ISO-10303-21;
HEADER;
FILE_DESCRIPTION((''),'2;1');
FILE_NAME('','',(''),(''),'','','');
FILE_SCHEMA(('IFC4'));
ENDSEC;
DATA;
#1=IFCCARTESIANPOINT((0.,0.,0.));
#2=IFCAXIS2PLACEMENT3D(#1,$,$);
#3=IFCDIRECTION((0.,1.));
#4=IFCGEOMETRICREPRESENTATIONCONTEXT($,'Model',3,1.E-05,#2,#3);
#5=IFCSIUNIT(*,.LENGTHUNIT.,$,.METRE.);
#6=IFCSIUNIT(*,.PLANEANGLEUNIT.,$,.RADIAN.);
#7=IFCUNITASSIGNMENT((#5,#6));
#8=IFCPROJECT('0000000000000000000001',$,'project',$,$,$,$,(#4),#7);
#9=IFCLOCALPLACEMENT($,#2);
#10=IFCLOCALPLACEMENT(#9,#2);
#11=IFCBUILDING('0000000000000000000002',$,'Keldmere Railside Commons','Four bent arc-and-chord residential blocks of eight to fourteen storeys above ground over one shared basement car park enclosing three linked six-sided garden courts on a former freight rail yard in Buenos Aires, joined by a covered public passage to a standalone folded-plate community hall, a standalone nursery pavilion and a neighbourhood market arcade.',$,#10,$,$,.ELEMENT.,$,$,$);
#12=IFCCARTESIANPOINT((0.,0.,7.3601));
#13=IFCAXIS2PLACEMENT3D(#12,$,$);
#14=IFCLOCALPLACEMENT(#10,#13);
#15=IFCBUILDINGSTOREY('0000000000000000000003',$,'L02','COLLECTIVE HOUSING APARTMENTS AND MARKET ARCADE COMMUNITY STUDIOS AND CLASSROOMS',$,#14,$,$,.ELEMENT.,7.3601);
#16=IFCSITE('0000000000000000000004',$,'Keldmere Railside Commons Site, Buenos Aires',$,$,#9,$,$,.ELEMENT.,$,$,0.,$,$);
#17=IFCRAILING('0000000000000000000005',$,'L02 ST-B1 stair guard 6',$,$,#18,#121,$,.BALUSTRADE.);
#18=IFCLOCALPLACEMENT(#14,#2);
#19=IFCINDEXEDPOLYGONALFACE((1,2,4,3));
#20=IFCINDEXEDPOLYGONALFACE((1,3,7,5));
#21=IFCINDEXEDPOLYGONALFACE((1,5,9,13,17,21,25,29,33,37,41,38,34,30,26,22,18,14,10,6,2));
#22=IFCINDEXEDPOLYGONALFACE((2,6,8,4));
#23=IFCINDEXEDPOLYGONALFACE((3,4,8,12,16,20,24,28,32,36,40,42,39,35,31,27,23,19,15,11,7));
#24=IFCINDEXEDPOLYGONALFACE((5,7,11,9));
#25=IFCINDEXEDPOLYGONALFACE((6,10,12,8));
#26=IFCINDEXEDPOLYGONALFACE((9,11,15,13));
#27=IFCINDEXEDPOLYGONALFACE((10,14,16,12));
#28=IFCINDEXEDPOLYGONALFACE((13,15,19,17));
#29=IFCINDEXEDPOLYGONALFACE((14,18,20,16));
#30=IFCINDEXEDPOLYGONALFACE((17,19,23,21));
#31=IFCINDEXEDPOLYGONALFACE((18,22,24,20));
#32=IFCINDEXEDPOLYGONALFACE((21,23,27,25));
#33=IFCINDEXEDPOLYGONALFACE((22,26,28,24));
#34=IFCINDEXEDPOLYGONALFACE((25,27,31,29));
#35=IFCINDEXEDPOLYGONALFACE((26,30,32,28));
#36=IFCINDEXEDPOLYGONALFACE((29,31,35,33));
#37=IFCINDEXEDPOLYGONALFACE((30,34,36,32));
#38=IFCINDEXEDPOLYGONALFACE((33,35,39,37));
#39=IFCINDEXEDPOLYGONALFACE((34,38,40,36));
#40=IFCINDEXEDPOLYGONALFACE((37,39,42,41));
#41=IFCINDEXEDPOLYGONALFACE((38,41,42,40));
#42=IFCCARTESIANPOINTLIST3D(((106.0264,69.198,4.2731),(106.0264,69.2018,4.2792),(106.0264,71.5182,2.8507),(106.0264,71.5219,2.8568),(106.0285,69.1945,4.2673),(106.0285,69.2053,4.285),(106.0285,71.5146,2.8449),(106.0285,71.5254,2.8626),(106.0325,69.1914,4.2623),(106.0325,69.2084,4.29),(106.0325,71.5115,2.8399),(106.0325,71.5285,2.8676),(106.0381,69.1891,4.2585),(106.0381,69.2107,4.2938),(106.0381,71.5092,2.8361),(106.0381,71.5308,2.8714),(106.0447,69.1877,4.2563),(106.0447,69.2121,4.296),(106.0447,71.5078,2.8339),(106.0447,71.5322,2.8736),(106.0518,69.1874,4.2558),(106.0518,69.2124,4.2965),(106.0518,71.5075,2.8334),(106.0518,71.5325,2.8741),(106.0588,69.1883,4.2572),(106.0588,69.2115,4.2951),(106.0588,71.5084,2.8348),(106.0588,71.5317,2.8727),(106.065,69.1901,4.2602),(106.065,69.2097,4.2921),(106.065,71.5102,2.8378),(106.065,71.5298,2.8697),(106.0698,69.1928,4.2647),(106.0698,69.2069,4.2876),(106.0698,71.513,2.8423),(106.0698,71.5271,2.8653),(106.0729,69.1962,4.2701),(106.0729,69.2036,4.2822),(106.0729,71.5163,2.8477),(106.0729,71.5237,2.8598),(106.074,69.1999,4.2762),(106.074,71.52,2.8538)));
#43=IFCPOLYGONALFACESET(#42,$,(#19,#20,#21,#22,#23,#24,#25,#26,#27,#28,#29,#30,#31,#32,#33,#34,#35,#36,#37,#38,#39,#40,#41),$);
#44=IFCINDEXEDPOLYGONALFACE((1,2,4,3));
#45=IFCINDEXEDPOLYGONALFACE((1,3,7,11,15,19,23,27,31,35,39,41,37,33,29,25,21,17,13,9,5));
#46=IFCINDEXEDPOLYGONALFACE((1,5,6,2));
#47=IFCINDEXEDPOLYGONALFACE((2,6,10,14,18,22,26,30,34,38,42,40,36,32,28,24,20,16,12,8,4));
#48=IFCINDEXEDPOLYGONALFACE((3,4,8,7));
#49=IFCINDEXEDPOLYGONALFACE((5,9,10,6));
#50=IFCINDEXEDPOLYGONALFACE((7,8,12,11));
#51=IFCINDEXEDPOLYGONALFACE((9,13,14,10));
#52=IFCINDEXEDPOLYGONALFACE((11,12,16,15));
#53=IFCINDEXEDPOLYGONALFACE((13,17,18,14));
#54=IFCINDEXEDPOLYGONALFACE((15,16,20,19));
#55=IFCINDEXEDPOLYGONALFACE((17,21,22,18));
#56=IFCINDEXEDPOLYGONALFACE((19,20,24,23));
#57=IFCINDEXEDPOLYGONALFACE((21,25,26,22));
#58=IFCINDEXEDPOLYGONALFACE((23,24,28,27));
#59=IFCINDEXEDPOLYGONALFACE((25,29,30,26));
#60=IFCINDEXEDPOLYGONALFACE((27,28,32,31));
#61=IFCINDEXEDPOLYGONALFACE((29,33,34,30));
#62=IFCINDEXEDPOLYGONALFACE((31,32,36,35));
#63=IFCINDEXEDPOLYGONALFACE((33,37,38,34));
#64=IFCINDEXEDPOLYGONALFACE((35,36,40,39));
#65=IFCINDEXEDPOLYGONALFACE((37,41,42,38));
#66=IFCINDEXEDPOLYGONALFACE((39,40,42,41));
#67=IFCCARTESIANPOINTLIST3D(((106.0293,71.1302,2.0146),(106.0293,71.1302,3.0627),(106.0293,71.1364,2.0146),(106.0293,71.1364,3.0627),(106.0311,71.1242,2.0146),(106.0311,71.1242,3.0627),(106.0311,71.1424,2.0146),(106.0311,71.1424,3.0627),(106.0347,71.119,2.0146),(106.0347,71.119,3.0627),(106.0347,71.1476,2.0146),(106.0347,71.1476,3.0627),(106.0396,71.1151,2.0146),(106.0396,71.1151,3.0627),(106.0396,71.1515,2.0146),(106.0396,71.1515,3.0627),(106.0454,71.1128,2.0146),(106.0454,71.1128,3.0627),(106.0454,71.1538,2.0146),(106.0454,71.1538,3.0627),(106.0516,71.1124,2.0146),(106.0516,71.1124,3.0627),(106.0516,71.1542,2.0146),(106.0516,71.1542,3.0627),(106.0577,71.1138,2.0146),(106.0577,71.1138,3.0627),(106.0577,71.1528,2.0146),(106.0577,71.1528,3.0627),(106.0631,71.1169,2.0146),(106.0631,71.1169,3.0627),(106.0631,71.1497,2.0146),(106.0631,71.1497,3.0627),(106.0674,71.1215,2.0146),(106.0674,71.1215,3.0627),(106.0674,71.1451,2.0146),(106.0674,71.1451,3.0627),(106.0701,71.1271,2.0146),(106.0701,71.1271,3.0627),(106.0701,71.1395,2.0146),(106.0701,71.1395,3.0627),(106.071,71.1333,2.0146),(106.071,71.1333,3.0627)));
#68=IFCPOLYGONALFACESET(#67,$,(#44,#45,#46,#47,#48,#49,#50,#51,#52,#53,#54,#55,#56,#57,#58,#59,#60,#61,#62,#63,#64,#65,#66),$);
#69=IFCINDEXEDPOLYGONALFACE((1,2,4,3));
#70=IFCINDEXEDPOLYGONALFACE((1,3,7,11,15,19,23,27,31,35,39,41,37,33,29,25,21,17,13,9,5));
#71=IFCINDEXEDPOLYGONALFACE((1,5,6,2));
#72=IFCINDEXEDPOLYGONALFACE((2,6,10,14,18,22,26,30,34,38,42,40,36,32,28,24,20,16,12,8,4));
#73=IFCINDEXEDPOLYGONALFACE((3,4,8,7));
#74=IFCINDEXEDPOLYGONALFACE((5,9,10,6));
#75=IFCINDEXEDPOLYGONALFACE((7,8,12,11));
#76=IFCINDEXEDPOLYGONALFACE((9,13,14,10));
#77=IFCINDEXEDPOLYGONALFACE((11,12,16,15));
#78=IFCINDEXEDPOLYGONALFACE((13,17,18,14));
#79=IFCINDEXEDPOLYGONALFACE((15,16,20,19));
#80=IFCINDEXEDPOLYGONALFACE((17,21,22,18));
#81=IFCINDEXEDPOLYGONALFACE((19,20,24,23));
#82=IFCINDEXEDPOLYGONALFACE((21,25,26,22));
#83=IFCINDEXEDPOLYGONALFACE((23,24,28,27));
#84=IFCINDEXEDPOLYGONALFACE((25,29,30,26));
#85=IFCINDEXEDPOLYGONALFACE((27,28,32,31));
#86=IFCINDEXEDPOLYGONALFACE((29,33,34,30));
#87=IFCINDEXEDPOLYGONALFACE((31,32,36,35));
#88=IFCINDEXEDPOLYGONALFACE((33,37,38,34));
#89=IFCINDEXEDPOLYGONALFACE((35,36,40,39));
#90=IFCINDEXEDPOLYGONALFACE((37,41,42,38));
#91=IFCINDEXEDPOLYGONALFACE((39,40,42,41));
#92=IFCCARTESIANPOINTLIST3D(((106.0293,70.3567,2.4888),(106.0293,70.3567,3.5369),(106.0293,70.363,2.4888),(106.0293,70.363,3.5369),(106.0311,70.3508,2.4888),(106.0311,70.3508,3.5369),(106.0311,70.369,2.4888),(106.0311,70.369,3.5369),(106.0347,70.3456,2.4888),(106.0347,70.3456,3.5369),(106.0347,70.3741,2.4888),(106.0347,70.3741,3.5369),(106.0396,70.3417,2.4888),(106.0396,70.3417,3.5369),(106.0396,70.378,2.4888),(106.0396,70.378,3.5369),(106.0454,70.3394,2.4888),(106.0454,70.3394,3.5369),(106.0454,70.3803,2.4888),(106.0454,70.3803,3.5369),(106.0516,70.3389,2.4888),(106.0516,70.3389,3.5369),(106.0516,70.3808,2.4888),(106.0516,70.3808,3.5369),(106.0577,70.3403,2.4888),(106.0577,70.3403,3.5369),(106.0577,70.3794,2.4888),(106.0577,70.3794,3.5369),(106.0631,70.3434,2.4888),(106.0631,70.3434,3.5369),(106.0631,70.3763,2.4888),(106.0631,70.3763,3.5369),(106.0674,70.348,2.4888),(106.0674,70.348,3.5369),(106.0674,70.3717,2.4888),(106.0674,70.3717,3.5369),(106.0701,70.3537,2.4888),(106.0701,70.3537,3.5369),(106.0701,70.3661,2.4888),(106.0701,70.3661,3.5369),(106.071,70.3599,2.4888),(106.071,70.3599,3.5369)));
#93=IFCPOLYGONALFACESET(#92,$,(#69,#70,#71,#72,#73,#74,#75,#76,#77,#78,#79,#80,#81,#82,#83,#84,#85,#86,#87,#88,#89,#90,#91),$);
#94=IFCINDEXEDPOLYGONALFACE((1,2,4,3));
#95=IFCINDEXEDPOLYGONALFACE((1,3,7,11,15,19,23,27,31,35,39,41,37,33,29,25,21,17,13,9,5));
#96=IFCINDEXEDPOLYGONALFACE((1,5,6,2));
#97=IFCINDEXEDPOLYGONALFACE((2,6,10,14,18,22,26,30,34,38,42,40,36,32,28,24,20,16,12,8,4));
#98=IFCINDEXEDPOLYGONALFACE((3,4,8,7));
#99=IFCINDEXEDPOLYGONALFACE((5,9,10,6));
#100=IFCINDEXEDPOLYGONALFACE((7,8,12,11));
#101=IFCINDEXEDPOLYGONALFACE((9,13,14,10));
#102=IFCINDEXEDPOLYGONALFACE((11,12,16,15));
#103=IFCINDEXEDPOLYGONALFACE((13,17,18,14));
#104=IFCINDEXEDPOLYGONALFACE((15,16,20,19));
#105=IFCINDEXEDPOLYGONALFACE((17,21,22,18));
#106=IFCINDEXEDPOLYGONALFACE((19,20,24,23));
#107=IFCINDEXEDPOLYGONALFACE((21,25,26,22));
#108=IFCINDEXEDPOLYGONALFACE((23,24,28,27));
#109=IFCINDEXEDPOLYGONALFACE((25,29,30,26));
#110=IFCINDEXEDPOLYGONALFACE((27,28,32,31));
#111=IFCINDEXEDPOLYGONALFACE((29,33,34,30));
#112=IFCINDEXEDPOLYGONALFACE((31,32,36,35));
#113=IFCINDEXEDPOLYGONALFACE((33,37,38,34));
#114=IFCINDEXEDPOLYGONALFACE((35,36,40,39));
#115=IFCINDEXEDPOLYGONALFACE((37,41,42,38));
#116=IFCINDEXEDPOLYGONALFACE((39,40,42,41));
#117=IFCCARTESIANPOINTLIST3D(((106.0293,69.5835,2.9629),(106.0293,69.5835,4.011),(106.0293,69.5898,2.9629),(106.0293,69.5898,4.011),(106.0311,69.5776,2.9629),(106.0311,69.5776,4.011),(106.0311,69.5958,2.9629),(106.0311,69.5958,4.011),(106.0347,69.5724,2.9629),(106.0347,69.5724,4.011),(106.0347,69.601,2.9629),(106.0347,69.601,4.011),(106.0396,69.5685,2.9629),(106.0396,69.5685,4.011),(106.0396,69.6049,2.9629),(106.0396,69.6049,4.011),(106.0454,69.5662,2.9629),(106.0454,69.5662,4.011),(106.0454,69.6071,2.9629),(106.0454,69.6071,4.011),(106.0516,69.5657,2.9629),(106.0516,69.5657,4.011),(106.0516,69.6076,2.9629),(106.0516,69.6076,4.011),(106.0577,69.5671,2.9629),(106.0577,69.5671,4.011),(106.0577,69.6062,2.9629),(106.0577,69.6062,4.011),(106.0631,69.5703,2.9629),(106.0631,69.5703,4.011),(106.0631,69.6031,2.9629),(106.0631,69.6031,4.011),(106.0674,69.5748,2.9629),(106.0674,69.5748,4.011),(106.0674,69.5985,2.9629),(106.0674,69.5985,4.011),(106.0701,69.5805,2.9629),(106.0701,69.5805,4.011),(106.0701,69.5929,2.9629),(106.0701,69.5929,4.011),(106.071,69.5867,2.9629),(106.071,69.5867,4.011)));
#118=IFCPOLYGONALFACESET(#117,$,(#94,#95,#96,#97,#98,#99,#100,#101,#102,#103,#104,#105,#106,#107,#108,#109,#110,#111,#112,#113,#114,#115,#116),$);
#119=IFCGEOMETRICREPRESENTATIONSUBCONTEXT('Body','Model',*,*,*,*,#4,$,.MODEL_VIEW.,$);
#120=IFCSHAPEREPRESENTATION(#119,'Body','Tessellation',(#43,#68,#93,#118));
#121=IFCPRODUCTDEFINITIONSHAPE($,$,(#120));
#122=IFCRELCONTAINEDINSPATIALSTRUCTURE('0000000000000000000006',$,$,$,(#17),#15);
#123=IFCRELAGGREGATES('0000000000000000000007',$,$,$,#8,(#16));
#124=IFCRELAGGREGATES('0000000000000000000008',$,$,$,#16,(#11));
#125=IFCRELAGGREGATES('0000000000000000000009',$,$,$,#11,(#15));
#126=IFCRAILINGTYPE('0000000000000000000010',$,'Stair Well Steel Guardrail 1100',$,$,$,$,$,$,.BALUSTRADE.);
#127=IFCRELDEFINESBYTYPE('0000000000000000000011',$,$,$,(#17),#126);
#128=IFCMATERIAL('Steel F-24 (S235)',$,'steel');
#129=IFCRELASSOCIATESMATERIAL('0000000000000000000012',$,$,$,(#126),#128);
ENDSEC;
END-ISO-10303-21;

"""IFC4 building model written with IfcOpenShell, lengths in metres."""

from ifc_helpers import new_model, si_unit, direction, frame, origin, origin_2d, place, context, subcontext, project, spatial, circle, extrude, material, type_object, element, save


model = new_model("IFC4")

# Units and contexts
model_context = context("Model", 3, precision=1e-05, world=origin(), true_north=direction((0.0, 1.0)))
body_context = subcontext(model_context, "Body", "Model", "MODEL_VIEW")
ifc_project = project(units=[si_unit("LENGTHUNIT", "METRE"), si_unit("PLANEANGLEUNIT", "RADIAN")], contexts=[model_context])

# Site, building, storey
site_placement = place(None, origin())
site = spatial("IfcSite", under=ifc_project, at=site_placement, Name="Keldmere Railside Commons Site, Buenos Aires", CompositionType="ELEMENT", RefElevation=0.0)
building_placement = place(site_placement, origin())
building = spatial("IfcBuilding", under=site, at=building_placement, Name="Keldmere Railside Commons", Description="Four bent arc-and-chord residential blocks of eight to fourteen storeys above ground over one shared basement car park enclosing three linked six-sided garden courts on a former freight rail yard in Buenos Aires, joined by a covered public passage to a standalone folded-plate community hall, a standalone nursery pavilion and a neighbourhood market arcade.", CompositionType="ELEMENT")
storey_placement = place(building_placement, frame((0.0, 0.0, 7.3601)))
storey = spatial("IfcBuildingStorey", under=building, at=storey_placement, Name="L02", Description="COLLECTIVE HOUSING APARTMENTS AND MARKET ARCADE COMMUNITY STUDIOS AND CLASSROOMS", CompositionType="ELEMENT", Elevation=7.3601)

# Shared definitions
ifc_material_1 = material(Name="Steel F-24 (S235)", Category="steel")

# Railing
railing_type_1 = type_object("IfcRailingType", Name="Stair Well Steel Guardrail 1100", PredefinedType="BALUSTRADE", material=ifc_material_1)
railing_1_placement = place(storey_placement, frame((106.05, 71.52, 1.7776)))
element("IfcRailing", 1, at=railing_1_placement, inside=storey, type_object=railing_type_1, Name="L02 ST-B1 stair guard 6", PredefinedType="BALUSTRADE", context=body_context, shape_type="SweptSolid", body=[
    extrude(circle(Radius=0.0239, at=origin_2d()), frame((0.0, 0.0, 1.0762), z_axis=(0.0, -0.852538, 0.522665), x_axis=(1.0, 0.0, 0.0)), (0.0, 0.0, 1.0), 2.7214),
    extrude(circle(Radius=0.021, at=origin_2d()), frame((0.0, -0.3867, 0.2371)), (0.0, 0.0, 1.0), 1.0481),
    extrude(circle(Radius=0.021, at=origin_2d()), frame((0.0, -1.1602, 0.7112)), (0.0, 0.0, 1.0), 1.0481),
    extrude(circle(Radius=0.021, at=origin_2d()), frame((0.0, -1.9333, 1.1853)), (0.0, 0.0, 1.0), 1.0481),
])

save(model, "model.ifc")
